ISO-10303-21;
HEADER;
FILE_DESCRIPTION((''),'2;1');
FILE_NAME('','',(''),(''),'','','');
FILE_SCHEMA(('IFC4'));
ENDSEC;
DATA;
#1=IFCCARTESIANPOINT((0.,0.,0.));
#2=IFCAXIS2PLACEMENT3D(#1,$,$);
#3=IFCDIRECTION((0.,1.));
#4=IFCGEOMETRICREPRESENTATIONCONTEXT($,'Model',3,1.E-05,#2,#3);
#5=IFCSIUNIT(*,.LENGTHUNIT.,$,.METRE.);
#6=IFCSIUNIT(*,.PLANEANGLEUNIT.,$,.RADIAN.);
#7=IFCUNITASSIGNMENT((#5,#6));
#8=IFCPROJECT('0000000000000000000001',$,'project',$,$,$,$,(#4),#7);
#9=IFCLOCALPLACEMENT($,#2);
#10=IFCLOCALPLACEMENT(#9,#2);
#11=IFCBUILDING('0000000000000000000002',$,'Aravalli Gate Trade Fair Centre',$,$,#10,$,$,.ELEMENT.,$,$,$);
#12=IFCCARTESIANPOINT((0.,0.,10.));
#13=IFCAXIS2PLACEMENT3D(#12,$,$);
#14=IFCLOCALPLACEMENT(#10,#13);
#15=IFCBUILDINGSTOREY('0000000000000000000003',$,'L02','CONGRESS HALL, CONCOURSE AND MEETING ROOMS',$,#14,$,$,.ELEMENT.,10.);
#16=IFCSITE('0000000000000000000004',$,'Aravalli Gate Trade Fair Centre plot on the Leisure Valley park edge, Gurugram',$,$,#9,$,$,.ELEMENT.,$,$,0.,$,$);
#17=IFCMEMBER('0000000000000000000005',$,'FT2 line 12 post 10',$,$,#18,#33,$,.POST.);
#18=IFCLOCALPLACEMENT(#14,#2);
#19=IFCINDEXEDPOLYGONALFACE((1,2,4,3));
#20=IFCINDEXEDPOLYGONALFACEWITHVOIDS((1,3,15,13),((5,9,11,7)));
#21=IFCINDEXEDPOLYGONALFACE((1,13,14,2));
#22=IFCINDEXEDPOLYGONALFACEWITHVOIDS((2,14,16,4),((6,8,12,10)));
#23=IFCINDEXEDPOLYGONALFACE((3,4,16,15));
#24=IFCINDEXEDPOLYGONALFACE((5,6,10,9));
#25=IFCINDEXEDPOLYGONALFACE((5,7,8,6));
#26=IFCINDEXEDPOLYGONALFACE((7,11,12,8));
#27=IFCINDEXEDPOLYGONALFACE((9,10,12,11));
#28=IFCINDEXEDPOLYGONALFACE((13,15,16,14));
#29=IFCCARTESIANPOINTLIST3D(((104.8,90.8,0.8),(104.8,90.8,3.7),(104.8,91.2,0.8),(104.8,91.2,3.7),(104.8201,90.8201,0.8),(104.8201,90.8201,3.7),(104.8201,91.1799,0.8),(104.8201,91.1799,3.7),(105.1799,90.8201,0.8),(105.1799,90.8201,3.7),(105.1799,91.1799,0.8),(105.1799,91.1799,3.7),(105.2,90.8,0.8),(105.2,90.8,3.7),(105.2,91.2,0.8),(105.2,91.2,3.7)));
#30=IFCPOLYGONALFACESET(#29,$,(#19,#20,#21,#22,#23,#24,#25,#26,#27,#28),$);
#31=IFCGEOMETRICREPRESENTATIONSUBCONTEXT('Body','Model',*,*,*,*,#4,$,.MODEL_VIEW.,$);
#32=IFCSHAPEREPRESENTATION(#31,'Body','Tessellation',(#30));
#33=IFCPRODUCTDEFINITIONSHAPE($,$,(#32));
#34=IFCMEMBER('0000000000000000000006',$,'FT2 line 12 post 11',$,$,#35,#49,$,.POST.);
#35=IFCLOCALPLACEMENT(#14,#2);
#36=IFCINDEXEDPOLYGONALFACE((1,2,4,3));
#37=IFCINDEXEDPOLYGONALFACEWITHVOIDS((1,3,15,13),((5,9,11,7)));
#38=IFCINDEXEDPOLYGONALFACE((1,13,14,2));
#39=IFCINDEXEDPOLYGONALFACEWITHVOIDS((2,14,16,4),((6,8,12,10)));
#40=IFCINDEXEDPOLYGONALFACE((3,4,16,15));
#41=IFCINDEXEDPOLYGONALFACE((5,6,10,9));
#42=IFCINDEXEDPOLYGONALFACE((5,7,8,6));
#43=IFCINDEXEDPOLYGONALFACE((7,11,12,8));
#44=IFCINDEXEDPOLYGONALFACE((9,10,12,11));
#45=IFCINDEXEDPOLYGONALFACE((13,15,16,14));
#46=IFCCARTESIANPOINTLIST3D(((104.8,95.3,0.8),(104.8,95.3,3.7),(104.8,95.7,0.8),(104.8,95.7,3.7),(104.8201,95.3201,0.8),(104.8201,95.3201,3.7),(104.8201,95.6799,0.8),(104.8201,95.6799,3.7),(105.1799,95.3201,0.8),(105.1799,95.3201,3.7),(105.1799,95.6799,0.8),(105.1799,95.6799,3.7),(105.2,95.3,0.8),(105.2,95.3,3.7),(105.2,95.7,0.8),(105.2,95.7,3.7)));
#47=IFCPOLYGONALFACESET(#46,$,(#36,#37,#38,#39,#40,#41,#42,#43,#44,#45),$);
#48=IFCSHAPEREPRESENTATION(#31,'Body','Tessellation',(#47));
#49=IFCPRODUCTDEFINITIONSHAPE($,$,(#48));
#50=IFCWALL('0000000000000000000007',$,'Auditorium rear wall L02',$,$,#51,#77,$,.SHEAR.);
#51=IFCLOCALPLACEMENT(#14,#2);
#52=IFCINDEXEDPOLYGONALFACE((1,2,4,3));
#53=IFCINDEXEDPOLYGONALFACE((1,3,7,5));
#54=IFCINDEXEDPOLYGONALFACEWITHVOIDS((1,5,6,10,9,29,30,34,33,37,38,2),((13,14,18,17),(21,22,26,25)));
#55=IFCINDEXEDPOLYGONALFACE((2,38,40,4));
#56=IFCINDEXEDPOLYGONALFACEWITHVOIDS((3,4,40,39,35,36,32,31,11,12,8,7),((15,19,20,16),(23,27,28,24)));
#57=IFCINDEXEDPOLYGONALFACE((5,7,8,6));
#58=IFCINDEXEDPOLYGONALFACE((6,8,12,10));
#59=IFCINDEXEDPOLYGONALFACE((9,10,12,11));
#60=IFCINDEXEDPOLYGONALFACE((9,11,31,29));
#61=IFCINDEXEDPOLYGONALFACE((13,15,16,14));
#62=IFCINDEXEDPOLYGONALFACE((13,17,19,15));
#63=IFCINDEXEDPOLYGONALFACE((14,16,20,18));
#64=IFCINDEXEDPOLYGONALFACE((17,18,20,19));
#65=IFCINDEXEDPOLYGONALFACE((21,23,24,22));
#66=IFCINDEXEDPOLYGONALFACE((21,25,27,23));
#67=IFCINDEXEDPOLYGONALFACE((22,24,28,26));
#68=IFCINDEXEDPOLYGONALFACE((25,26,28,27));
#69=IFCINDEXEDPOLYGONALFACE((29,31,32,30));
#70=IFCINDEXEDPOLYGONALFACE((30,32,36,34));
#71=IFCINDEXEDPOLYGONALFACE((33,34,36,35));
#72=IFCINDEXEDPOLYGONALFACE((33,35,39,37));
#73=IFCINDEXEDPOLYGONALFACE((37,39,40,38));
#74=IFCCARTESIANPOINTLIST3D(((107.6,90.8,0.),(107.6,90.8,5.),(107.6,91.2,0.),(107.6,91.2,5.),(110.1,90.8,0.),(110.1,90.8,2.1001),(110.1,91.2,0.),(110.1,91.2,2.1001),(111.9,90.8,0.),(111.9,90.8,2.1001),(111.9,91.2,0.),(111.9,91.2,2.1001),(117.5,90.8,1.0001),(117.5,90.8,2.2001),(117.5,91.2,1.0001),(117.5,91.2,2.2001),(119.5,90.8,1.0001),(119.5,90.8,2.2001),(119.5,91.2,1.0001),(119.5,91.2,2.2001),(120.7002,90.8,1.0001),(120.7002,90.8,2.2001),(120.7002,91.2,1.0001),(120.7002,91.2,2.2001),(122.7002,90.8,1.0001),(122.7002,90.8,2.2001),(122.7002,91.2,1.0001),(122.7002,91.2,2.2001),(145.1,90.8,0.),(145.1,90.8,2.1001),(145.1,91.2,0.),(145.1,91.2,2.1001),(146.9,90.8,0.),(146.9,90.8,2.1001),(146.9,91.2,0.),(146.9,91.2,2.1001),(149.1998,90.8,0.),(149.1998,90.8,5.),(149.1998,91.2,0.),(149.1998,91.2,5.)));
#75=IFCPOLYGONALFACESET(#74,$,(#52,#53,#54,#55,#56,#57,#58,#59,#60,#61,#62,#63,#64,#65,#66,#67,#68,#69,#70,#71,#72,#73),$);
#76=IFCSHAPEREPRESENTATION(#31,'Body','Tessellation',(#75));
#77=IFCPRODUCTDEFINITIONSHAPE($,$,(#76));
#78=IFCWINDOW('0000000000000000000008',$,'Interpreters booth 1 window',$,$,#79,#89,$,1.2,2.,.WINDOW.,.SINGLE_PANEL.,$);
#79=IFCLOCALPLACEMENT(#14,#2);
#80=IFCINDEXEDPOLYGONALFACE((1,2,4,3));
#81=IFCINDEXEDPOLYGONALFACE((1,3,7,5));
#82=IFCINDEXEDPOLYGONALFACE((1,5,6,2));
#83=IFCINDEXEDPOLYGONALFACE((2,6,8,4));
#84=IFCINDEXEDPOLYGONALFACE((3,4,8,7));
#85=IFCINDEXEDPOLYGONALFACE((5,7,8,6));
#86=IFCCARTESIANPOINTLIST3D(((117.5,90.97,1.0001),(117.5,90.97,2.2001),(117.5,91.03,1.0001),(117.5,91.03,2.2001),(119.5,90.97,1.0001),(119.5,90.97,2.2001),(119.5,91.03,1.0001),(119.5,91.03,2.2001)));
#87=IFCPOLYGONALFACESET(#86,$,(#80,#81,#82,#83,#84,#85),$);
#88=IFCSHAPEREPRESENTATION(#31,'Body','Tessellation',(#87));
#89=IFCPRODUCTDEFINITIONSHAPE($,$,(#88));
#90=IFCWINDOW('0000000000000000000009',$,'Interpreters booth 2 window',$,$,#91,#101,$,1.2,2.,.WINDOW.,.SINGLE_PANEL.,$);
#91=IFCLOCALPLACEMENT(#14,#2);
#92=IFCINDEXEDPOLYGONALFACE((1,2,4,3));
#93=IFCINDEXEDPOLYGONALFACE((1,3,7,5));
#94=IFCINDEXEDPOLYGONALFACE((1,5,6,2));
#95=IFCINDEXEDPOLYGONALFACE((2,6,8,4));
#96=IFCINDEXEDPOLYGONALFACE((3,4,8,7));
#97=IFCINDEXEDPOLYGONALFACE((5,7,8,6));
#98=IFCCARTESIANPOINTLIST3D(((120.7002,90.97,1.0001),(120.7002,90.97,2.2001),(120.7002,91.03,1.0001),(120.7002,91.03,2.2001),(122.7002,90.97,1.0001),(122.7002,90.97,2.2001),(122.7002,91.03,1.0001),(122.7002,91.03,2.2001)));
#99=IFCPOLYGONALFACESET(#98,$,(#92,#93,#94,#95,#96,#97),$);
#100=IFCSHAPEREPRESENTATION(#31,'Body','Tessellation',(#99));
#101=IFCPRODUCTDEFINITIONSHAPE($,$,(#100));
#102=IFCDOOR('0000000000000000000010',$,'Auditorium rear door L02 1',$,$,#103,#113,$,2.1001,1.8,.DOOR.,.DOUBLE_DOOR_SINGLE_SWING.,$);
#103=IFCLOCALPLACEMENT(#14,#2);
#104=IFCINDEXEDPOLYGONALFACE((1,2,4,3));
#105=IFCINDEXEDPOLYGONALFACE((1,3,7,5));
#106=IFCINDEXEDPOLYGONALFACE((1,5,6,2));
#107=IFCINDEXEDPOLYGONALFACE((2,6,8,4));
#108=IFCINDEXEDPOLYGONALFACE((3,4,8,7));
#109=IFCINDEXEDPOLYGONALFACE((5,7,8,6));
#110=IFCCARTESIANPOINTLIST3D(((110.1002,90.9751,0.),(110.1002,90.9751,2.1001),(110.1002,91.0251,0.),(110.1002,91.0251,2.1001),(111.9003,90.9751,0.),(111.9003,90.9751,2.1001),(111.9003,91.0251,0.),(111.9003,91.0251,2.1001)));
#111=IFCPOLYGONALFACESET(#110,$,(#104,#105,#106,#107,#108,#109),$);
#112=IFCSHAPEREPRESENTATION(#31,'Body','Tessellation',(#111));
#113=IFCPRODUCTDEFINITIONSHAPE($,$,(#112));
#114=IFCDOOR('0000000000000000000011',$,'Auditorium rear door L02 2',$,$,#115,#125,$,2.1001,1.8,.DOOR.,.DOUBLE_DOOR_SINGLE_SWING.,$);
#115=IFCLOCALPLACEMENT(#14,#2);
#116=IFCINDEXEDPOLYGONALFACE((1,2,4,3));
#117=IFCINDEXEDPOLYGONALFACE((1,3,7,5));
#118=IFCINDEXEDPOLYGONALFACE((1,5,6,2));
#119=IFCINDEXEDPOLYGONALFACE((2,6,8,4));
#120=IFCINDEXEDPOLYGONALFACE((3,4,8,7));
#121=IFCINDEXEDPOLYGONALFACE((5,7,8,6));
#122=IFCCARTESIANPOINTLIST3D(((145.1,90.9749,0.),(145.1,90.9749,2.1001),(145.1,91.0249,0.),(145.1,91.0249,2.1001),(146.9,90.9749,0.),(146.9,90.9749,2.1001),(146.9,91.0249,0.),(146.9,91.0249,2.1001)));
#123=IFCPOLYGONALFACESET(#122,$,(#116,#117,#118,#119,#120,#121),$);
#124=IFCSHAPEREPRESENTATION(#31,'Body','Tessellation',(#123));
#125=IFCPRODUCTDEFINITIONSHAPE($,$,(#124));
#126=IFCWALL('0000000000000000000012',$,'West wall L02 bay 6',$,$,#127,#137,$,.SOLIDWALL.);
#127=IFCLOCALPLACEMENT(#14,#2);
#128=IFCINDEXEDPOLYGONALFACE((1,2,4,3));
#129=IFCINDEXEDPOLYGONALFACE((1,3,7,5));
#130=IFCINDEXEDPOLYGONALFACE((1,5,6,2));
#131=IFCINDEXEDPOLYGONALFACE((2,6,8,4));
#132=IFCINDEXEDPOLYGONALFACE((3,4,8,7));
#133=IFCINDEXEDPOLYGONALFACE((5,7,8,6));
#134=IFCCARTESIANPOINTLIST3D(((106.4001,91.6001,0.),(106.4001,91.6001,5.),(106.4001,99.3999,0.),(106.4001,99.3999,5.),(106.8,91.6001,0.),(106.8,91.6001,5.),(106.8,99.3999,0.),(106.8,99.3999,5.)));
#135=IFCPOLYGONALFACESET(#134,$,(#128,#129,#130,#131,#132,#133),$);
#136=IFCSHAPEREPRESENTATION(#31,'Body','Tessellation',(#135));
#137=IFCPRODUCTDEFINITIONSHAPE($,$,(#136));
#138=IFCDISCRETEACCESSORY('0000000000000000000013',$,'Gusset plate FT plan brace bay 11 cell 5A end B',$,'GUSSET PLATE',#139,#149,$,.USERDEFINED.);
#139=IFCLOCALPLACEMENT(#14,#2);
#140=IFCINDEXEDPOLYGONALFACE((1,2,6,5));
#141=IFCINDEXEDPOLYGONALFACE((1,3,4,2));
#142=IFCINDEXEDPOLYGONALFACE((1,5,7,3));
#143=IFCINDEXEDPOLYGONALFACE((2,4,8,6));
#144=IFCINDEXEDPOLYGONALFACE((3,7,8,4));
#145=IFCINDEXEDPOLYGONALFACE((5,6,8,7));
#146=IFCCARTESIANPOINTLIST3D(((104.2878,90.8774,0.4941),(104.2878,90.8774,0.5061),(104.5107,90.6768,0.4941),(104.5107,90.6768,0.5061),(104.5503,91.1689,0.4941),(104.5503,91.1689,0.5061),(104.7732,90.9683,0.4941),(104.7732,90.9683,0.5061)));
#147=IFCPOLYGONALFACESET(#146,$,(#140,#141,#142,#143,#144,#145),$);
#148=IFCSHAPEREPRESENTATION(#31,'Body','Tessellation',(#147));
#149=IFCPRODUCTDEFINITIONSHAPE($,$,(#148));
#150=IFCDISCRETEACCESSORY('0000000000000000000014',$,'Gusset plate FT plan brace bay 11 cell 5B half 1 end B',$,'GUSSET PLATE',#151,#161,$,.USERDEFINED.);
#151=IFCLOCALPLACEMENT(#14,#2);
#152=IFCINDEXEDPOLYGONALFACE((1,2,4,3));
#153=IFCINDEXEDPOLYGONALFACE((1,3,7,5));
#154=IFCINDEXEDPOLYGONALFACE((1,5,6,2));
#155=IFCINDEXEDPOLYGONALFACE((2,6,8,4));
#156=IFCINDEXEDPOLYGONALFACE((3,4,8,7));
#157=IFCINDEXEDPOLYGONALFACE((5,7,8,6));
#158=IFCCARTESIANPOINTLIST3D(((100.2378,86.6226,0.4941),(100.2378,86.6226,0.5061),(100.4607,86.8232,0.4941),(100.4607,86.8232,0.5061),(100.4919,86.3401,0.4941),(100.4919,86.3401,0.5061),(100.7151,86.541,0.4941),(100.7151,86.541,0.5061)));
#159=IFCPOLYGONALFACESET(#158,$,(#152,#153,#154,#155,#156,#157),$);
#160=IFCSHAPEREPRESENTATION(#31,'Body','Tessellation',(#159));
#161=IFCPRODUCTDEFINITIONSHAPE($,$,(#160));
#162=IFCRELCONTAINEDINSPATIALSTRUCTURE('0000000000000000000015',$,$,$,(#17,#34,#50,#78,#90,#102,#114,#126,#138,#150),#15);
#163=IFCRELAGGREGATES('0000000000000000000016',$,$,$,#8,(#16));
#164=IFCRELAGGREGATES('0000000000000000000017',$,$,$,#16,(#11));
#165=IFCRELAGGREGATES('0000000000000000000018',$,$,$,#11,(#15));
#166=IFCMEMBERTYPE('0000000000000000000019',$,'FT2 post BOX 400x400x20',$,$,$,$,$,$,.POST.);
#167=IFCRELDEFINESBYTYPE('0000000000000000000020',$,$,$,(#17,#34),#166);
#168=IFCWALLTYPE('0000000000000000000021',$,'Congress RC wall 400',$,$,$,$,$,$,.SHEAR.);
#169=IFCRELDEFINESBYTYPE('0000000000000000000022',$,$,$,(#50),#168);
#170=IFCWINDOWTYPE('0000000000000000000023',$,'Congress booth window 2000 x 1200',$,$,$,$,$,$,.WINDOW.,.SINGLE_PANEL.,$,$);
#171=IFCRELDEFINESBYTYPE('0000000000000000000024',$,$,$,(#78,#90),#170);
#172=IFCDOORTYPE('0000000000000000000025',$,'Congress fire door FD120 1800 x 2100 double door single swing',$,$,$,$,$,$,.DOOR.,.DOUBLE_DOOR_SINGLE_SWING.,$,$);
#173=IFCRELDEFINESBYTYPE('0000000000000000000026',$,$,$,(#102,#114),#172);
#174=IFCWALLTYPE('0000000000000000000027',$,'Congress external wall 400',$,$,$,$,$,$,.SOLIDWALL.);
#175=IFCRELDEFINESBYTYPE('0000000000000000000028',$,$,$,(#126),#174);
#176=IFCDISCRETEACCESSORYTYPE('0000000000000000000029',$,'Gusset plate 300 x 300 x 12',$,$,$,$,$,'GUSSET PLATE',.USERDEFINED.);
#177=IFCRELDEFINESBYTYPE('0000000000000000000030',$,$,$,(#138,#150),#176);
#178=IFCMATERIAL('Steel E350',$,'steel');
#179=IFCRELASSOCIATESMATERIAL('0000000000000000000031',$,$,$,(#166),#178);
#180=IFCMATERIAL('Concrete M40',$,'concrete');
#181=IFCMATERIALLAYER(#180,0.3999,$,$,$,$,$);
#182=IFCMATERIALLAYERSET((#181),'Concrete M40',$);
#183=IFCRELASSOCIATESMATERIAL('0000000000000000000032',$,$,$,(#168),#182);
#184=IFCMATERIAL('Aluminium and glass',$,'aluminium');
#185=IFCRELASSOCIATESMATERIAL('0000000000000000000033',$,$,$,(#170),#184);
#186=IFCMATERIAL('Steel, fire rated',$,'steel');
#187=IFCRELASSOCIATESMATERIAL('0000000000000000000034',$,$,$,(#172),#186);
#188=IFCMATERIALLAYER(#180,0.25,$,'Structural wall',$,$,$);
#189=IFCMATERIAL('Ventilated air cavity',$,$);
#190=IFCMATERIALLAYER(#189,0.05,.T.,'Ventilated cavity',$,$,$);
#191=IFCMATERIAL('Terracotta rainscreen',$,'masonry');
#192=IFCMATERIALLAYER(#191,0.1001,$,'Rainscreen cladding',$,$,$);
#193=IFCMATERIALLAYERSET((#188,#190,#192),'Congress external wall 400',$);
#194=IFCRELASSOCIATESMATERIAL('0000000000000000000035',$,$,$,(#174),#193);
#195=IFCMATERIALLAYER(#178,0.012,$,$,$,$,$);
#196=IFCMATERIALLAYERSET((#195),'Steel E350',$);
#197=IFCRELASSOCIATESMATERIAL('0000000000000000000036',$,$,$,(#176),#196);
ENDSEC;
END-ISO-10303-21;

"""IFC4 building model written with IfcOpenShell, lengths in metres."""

from ifc_helpers import new_model, si_unit, direction, frame, frame_2d, origin, origin_2d, place, context, subcontext, project, spatial, polyline, rectangle, hollow_rectangle, outline, extrude, material, layer, layer_set, material_profile, profile_set, type_object, element, fill, save


model = new_model("IFC4")

# Units and contexts
model_context = context("Model", 3, precision=1e-05, world=origin(), true_north=direction((0.0, 1.0)))
body_context = subcontext(model_context, "Body", "Model", "MODEL_VIEW")
ifc_project = project(units=[si_unit("LENGTHUNIT", "METRE"), si_unit("PLANEANGLEUNIT", "RADIAN")], contexts=[model_context])

# Site, building, storey
site_placement = place(None, origin())
site = spatial("IfcSite", under=ifc_project, at=site_placement, Name="Aravalli Gate Trade Fair Centre plot on the Leisure Valley park edge, Gurugram", CompositionType="ELEMENT", RefElevation=0.0)
building_placement = place(site_placement, origin())
building = spatial("IfcBuilding", under=site, at=building_placement, Name="Aravalli Gate Trade Fair Centre", CompositionType="ELEMENT")
storey_placement = place(building_placement, frame((0.0, 0.0, 10.0)))
storey = spatial("IfcBuildingStorey", under=building, at=storey_placement, Name="L02", Description="CONGRESS HALL, CONCOURSE AND MEETING ROOMS", CompositionType="ELEMENT", Elevation=10.0)

# Members
ifc_material_1 = material(Name="Steel E350", Category="steel")
ifc_material_profile_1 = material_profile(ifc_material_1, hollow_rectangle(XDim=0.3999, YDim=0.3999, WallThickness=0.02, at=origin_2d()), Name="BOX 400x400x20")
ifc_profile_set_1 = profile_set([ifc_material_profile_1], Name="Steel E350")
member_type_1 = type_object("IfcMemberType", Name="FT2 post BOX 400x400x20", PredefinedType="POST", material=ifc_profile_set_1)
for number, where, z_axis, x_axis, name in (
    (1, (105.0, 91.0, 0.8), (0.0, 0.0, 1.0), (1.0, 0.0, 0.0), "FT2 line 12 post 10"),
    (2, (105.0, 95.5, 0.8), (0.0, 0.0, 1.0), (1.0, 0.0, 0.0), "FT2 line 12 post 11"),
):
    element("IfcMember", number, at=place(storey_placement, frame(where, z_axis=z_axis, x_axis=x_axis)), inside=storey, type_object=member_type_1, Name=name, PredefinedType="POST", context=body_context, shape_type="SweptSolid", body=[
        extrude(hollow_rectangle(XDim=0.3999, YDim=0.3999, WallThickness=0.02, at=origin_2d()), origin(), (0.0, 0.0, 1.0), 2.8999),
    ])

# Wall, openings, windows, doors
ifc_material_2 = material(Name="Concrete M40", Category="concrete")
ifc_layer_1 = layer(ifc_material_2, 0.3999)
ifc_layer_set_1 = layer_set([ifc_layer_1], Name="Concrete M40")
wall_type_1 = type_object("IfcWallType", Name="Congress RC wall 400", PredefinedType="SHEAR", material=ifc_layer_set_1)
wall_1_placement = place(storey_placement, frame((107.6001, 91.0, 0.0), z_axis=(0.0, 0.0, 1.0), x_axis=(1.0, 0.0, 0.0)))
wall_1 = element("IfcWall", 3, at=wall_1_placement, inside=storey, type_object=wall_type_1, Name="Auditorium rear wall L02", PredefinedType="SHEAR", context=body_context, shape_type="SweptSolid", body=[
    extrude(rectangle(XDim=41.5999, YDim=0.3999, at=frame_2d((20.7998, 0.0))), origin(), (0.0, 0.0, 1.0), 5.0),
])
opening_1_placement = place(wall_1_placement, frame((9.8999, 0.0, 1.0)))
opening_1 = element("IfcOpeningElement", 4, at=opening_1_placement, cuts=wall_1, PredefinedType="OPENING", context=body_context, shape_type="SweptSolid", body=[
    extrude(rectangle(XDim=2.0, YDim=1.2, at=frame_2d((1.0, 0.6001))), frame((0.0, 0.21, 0.0), z_axis=(0.0, -1.0, 0.0), x_axis=(1.0, 0.0, 0.0)), (0.0, 0.0, 1.0), 0.4199),
])
opening_2_placement = place(wall_1_placement, frame((13.1001, 0.0, 1.0)))
opening_2 = element("IfcOpeningElement", 5, at=opening_2_placement, cuts=wall_1, PredefinedType="OPENING", context=body_context, shape_type="SweptSolid", body=[
    extrude(rectangle(XDim=2.0, YDim=1.2, at=frame_2d((1.0, 0.6001))), frame((0.0, 0.21, 0.0), z_axis=(0.0, -1.0, 0.0), x_axis=(1.0, 0.0, 0.0)), (0.0, 0.0, 1.0), 0.4199),
])
opening_3_placement = place(wall_1_placement, frame((2.5, 0.0, 0.0)))
opening_3 = element("IfcOpeningElement", 6, at=opening_3_placement, cuts=wall_1, PredefinedType="OPENING", context=body_context, shape_type="SweptSolid", body=[
    extrude(rectangle(XDim=1.8, YDim=2.1001, at=frame_2d((0.8999, 1.05))), frame((0.0, 0.21, 0.0), z_axis=(0.0, -1.0, 0.0), x_axis=(1.0, 0.0, 0.0)), (0.0, 0.0, 1.0), 0.4199),
])
opening_4_placement = place(wall_1_placement, frame((37.5, 0.0, 0.0)))
opening_4 = element("IfcOpeningElement", 7, at=opening_4_placement, cuts=wall_1, PredefinedType="OPENING", context=body_context, shape_type="SweptSolid", body=[
    extrude(rectangle(XDim=1.8, YDim=2.1001, at=frame_2d((0.8999, 1.05))), frame((0.0, 0.21, 0.0), z_axis=(0.0, -1.0, 0.0), x_axis=(1.0, 0.0, 0.0)), (0.0, 0.0, 1.0), 0.4199),
])
ifc_material_3 = material(Name="Aluminium and glass", Category="aluminium")
window_type = type_object("IfcWindowType", Name="Congress booth window 2000 x 1200", PartitioningType="SINGLE_PANEL", PredefinedType="WINDOW", material=ifc_material_3)
window_1_placement = place(opening_1_placement, origin())
window_1 = element("IfcWindow", 8, at=window_1_placement, inside=storey, type_object=window_type, Name="Interpreters booth 1 window", OverallHeight=1.2, OverallWidth=2.0, PartitioningType="SINGLE_PANEL", PredefinedType="WINDOW", context=body_context, shape_type="SweptSolid", body=[
    extrude(rectangle(XDim=2.0, YDim=1.2, at=frame_2d((1.0, 0.6001))), frame((0.0, 0.03, 0.0), z_axis=(0.0, -1.0, 0.0), x_axis=(1.0, 0.0, 0.0)), (0.0, 0.0, 1.0), 0.0601),
])
fill(opening_1, window_1)
window_2_placement = place(opening_2_placement, origin())
window_2 = element("IfcWindow", 9, at=window_2_placement, inside=storey, type_object=window_type, Name="Interpreters booth 2 window", OverallHeight=1.2, OverallWidth=2.0, PartitioningType="SINGLE_PANEL", PredefinedType="WINDOW", context=body_context, shape_type="SweptSolid", body=[
    extrude(rectangle(XDim=2.0, YDim=1.2, at=frame_2d((1.0, 0.6001))), frame((0.0, 0.03, 0.0), z_axis=(0.0, -1.0, 0.0), x_axis=(1.0, 0.0, 0.0)), (0.0, 0.0, 1.0), 0.0601),
])
fill(opening_2, window_2)
ifc_material_4 = material(Name="Steel, fire rated", Category="steel")
door_type = type_object("IfcDoorType", Name="Congress fire door FD120 1800 x 2100 double door single swing", OperationType="DOUBLE_DOOR_SINGLE_SWING", PredefinedType="DOOR", material=ifc_material_4)
door_1_placement = place(opening_3_placement, frame((1.8, 0.0, 0.0), z_axis=(0.0, 0.0, 1.0), x_axis=(-1.0, 0.0, 0.0)))
door_1 = element("IfcDoor", 10, at=door_1_placement, inside=storey, type_object=door_type, Name="Auditorium rear door L02 1", OperationType="DOUBLE_DOOR_SINGLE_SWING", OverallHeight=2.1001, OverallWidth=1.8, PredefinedType="DOOR", context=body_context, shape_type="SweptSolid", body=[
    extrude(rectangle(XDim=1.8, YDim=2.1001, at=frame_2d((0.8999, 1.05))), frame((0.0, 0.0249, 0.0), z_axis=(0.0, -1.0, 0.0), x_axis=(1.0, 0.0, 0.0)), (0.0, 0.0, 1.0), 0.05),
])
fill(opening_3, door_1)
door_2_placement = place(opening_4_placement, origin())
door_2 = element("IfcDoor", 11, at=door_2_placement, inside=storey, type_object=door_type, Name="Auditorium rear door L02 2", OperationType="DOUBLE_DOOR_SINGLE_SWING", OverallHeight=2.1001, OverallWidth=1.8, PredefinedType="DOOR", context=body_context, shape_type="SweptSolid", body=[
    extrude(rectangle(XDim=1.8, YDim=2.1001, at=frame_2d((0.8999, 1.05))), frame((0.0, 0.0249, 0.0), z_axis=(0.0, -1.0, 0.0), x_axis=(1.0, 0.0, 0.0)), (0.0, 0.0, 1.0), 0.05),
])
fill(opening_4, door_2)

# Wall
ifc_layer_2 = layer(ifc_material_2, 0.25, Name="Structural wall")
ifc_material_5 = material(Name="Ventilated air cavity")
ifc_layer_3 = layer(ifc_material_5, 0.05, ventilated=True, Name="Ventilated cavity")
ifc_material_6 = material(Name="Terracotta rainscreen", Category="masonry")
ifc_layer_4 = layer(ifc_material_6, 0.1001, Name="Rainscreen cladding")
ifc_layer_set_2 = layer_set([ifc_layer_2, ifc_layer_3, ifc_layer_4], Name="Congress external wall 400")
wall_type_2 = type_object("IfcWallType", Name="Congress external wall 400", PredefinedType="SOLIDWALL", material=ifc_layer_set_2)
wall_2_placement = place(storey_placement, frame((106.6001, 91.6001, 0.0), z_axis=(0.0, 0.0, 1.0), x_axis=(0.0, 1.0, 0.0)))
element("IfcWall", 12, at=wall_2_placement, inside=storey, type_object=wall_type_2, Name="West wall L02 bay 6", PredefinedType="SOLIDWALL", context=body_context, shape_type="SweptSolid", body=[
    extrude(rectangle(XDim=7.7998, YDim=0.3999, at=frame_2d((3.8999, 0.0))), origin(), (0.0, 0.0, 1.0), 5.0),
])

# Discrete accessories
ifc_layer_5 = layer(ifc_material_1, 0.012)
ifc_layer_set_3 = layer_set([ifc_layer_5], Name="Steel E350")
discrete_accessory_type_1 = type_object("IfcDiscreteAccessoryType", Name="Gusset plate 300 x 300 x 12", ElementType="GUSSET PLATE", PredefinedType="USERDEFINED", material=ifc_layer_set_3)
discrete_accessory_1_placement = place(storey_placement, frame((104.5107, 90.6768, 0.5061), z_axis=(0.0, 0.0, 1.0), x_axis=(0.669102, 0.74317, 0.0)))
element("IfcDiscreteAccessory", 13, at=discrete_accessory_1_placement, inside=storey, type_object=discrete_accessory_type_1, Name="Gusset plate FT plan brace bay 11 cell 5A end B", ObjectType="GUSSET PLATE", PredefinedType="USERDEFINED", context=body_context, shape_type="SweptSolid", body=[
    extrude(outline(polyline([(0.0, 0.0), (0.3922, 0.0), (0.3922, 0.2999), (0.0, 0.2999), (0.0, 0.0)])), origin(), (0.0, 0.0, -1.0), 0.012),
])
discrete_accessory_2_placement = place(storey_placement, frame((100.2378, 86.6226, 0.5061), z_axis=(0.0, 0.0, 1.0), x_axis=(0.668858, -0.74339, 0.0)))
element("IfcDiscreteAccessory", 14, at=discrete_accessory_2_placement, inside=storey, type_object=discrete_accessory_type_1, Name="Gusset plate FT plan brace bay 11 cell 5B half 1 end B", ObjectType="GUSSET PLATE", PredefinedType="USERDEFINED", context=body_context, shape_type="SweptSolid", body=[
    extrude(outline(polyline([(0.0, 0.0), (0.38, 0.0), (0.3799, 0.3003), (-0.0001, 0.2999), (0.0, 0.0)])), origin(), (0.0, 0.0, -1.0), 0.012),
])

save(model, "model.ifc")
